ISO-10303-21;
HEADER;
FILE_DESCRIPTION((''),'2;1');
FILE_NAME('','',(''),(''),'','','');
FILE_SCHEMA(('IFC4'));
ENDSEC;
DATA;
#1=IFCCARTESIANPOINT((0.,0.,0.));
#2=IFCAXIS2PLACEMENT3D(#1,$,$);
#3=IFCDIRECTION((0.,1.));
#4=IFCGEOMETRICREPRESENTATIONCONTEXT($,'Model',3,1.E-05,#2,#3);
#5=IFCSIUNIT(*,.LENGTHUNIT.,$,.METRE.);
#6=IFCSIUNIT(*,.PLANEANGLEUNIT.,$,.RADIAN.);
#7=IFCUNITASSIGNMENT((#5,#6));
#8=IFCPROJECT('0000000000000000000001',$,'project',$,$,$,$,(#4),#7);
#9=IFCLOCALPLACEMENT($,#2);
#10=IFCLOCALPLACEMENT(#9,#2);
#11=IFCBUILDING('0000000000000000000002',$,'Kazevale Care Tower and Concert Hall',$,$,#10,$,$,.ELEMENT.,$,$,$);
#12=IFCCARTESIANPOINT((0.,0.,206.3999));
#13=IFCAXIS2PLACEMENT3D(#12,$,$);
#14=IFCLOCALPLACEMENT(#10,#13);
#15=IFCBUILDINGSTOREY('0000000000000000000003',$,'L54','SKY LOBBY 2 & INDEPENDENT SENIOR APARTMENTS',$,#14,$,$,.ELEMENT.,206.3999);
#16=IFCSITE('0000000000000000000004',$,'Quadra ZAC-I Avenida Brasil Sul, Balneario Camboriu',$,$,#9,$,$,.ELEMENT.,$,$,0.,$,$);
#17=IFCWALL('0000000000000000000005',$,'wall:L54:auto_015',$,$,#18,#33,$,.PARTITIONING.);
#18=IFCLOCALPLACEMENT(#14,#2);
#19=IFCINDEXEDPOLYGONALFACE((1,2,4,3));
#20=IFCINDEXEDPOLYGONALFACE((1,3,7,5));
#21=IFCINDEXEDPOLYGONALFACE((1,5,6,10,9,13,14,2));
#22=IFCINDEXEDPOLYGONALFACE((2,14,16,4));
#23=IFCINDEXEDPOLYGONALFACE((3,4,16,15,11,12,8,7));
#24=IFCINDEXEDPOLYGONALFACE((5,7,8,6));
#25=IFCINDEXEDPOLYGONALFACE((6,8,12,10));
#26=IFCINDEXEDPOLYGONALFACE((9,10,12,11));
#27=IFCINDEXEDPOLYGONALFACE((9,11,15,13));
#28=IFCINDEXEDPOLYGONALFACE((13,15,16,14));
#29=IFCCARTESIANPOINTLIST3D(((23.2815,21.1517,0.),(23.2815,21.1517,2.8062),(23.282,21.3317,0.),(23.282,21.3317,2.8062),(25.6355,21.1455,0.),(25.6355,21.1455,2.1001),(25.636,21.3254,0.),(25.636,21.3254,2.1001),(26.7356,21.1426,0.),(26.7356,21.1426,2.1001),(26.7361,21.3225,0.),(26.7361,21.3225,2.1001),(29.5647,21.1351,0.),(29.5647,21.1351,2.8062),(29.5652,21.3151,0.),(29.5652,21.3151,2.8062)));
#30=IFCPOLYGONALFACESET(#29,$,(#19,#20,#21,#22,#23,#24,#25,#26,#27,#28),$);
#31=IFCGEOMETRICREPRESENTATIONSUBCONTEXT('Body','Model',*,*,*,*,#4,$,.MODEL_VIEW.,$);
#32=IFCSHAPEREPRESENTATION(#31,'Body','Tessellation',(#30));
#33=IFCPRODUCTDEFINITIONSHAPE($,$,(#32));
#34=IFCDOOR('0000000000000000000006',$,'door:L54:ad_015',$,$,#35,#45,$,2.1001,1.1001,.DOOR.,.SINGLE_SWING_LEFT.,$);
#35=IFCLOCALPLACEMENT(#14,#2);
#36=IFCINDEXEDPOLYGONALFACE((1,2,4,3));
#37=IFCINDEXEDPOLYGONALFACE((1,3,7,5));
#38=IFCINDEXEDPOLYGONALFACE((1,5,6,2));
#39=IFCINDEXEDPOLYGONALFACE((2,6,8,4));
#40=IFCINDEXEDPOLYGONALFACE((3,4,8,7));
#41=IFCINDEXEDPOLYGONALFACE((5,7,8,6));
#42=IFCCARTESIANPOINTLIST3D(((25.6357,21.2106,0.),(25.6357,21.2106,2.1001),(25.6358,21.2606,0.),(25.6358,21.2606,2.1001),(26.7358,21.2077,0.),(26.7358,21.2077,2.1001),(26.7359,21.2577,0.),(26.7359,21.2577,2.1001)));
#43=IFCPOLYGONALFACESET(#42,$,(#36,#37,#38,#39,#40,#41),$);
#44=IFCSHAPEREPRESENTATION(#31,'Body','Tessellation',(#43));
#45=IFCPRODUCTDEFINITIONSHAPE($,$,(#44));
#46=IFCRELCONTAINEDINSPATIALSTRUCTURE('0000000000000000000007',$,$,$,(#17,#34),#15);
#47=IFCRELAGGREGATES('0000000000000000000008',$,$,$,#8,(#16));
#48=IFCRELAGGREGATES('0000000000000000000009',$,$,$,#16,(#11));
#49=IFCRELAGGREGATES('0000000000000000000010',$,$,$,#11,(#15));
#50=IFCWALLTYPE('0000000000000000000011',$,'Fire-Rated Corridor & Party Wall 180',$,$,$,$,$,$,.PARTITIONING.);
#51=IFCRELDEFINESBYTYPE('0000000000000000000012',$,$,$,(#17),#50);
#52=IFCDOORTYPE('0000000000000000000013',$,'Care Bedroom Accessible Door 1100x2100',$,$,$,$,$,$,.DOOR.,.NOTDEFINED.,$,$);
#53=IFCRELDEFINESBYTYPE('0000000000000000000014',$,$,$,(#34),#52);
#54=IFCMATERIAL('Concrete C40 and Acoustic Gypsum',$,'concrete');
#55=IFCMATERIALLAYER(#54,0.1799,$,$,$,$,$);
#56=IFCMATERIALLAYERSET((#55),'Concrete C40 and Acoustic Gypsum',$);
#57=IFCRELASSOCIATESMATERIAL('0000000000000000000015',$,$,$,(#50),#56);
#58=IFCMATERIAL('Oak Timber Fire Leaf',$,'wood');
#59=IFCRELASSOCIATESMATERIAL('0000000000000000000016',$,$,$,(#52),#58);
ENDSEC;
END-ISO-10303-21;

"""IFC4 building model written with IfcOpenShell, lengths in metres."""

from ifc_helpers import new_model, si_unit, direction, frame, frame_2d, origin, place, context, subcontext, project, spatial, rectangle, extrude, material, layer, layer_set, type_object, element, fill, save


model = new_model("IFC4")

# Units and contexts
model_context = context("Model", 3, precision=1e-05, world=origin(), true_north=direction((0.0, 1.0)))
body_context = subcontext(model_context, "Body", "Model", "MODEL_VIEW")
ifc_project = project(units=[si_unit("LENGTHUNIT", "METRE"), si_unit("PLANEANGLEUNIT", "RADIAN")], contexts=[model_context])

# Site, building, storey
site_placement = place(None, origin())
site = spatial("IfcSite", under=ifc_project, at=site_placement, Name="Quadra ZAC-I Avenida Brasil Sul, Balneario Camboriu", CompositionType="ELEMENT", RefElevation=0.0)
building_placement = place(site_placement, origin())
building = spatial("IfcBuilding", under=site, at=building_placement, Name="Kazevale Care Tower and Concert Hall", CompositionType="ELEMENT")
storey_placement = place(building_placement, frame((0.0, 0.0, 206.3999)))
storey = spatial("IfcBuildingStorey", under=building, at=storey_placement, Name="L54", Description="SKY LOBBY 2 & INDEPENDENT SENIOR APARTMENTS", CompositionType="ELEMENT", Elevation=206.3999)

# Wall, opening, door
ifc_material_1 = material(Name="Concrete C40 and Acoustic Gypsum", Category="concrete")
ifc_layer_1 = layer(ifc_material_1, 0.1799)
ifc_layer_set_1 = layer_set([ifc_layer_1], Name="Concrete C40 and Acoustic Gypsum")
wall_type_1 = type_object("IfcWallType", Name="Fire-Rated Corridor & Party Wall 180", PredefinedType="PARTITIONING", material=ifc_layer_set_1)
wall_1_placement = place(storey_placement, frame((29.5649, 21.2251, 0.0), z_axis=(0.0, 0.0, 1.0), x_axis=(-0.999997, 0.002642, 0.0)))
wall_1 = element("IfcWall", 1, at=wall_1_placement, inside=storey, type_object=wall_type_1, Name="wall:L54:auto_015", PredefinedType="PARTITIONING", context=body_context, shape_type="SweptSolid", body=[
    extrude(rectangle(XDim=6.2832, YDim=0.1799, at=frame_2d((3.1416, 0.0))), origin(), (0.0, 0.0, 1.0), 2.8062),
])
opening_placement = place(wall_1_placement, frame((2.8291, 0.0, 0.0)))
opening = element("IfcOpeningElement", 2, at=opening_placement, cuts=wall_1, PredefinedType="OPENING", context=body_context, shape_type="SweptSolid", body=[
    extrude(rectangle(XDim=1.1001, YDim=2.1001, at=frame_2d((0.55, 1.05))), frame((0.0, 0.0999, 0.0), z_axis=(0.0, -1.0, 0.0), x_axis=(1.0, 0.0, 0.0)), (0.0, 0.0, 1.0), 0.2),
])
ifc_material_2 = material(Name="Oak Timber Fire Leaf", Category="wood")
door_type = type_object("IfcDoorType", Name="Care Bedroom Accessible Door 1100x2100", OperationType="NOTDEFINED", PredefinedType="DOOR", material=ifc_material_2)
door_placement = place(opening_placement, origin())
door = element("IfcDoor", 3, at=door_placement, inside=storey, type_object=door_type, Name="door:L54:ad_015", OperationType="SINGLE_SWING_LEFT", OverallHeight=2.1001, OverallWidth=1.1001, PredefinedType="DOOR", context=body_context, shape_type="SweptSolid", body=[
    extrude(rectangle(XDim=1.1001, YDim=2.1001, at=frame_2d((0.55, 1.05))), frame((0.0, 0.0249, 0.0), z_axis=(0.0, -1.0, 0.0), x_axis=(1.0, 0.0, 0.0)), (0.0, 0.0, 1.0), 0.05),
])
fill(opening, door)

save(model, "model.ifc")
